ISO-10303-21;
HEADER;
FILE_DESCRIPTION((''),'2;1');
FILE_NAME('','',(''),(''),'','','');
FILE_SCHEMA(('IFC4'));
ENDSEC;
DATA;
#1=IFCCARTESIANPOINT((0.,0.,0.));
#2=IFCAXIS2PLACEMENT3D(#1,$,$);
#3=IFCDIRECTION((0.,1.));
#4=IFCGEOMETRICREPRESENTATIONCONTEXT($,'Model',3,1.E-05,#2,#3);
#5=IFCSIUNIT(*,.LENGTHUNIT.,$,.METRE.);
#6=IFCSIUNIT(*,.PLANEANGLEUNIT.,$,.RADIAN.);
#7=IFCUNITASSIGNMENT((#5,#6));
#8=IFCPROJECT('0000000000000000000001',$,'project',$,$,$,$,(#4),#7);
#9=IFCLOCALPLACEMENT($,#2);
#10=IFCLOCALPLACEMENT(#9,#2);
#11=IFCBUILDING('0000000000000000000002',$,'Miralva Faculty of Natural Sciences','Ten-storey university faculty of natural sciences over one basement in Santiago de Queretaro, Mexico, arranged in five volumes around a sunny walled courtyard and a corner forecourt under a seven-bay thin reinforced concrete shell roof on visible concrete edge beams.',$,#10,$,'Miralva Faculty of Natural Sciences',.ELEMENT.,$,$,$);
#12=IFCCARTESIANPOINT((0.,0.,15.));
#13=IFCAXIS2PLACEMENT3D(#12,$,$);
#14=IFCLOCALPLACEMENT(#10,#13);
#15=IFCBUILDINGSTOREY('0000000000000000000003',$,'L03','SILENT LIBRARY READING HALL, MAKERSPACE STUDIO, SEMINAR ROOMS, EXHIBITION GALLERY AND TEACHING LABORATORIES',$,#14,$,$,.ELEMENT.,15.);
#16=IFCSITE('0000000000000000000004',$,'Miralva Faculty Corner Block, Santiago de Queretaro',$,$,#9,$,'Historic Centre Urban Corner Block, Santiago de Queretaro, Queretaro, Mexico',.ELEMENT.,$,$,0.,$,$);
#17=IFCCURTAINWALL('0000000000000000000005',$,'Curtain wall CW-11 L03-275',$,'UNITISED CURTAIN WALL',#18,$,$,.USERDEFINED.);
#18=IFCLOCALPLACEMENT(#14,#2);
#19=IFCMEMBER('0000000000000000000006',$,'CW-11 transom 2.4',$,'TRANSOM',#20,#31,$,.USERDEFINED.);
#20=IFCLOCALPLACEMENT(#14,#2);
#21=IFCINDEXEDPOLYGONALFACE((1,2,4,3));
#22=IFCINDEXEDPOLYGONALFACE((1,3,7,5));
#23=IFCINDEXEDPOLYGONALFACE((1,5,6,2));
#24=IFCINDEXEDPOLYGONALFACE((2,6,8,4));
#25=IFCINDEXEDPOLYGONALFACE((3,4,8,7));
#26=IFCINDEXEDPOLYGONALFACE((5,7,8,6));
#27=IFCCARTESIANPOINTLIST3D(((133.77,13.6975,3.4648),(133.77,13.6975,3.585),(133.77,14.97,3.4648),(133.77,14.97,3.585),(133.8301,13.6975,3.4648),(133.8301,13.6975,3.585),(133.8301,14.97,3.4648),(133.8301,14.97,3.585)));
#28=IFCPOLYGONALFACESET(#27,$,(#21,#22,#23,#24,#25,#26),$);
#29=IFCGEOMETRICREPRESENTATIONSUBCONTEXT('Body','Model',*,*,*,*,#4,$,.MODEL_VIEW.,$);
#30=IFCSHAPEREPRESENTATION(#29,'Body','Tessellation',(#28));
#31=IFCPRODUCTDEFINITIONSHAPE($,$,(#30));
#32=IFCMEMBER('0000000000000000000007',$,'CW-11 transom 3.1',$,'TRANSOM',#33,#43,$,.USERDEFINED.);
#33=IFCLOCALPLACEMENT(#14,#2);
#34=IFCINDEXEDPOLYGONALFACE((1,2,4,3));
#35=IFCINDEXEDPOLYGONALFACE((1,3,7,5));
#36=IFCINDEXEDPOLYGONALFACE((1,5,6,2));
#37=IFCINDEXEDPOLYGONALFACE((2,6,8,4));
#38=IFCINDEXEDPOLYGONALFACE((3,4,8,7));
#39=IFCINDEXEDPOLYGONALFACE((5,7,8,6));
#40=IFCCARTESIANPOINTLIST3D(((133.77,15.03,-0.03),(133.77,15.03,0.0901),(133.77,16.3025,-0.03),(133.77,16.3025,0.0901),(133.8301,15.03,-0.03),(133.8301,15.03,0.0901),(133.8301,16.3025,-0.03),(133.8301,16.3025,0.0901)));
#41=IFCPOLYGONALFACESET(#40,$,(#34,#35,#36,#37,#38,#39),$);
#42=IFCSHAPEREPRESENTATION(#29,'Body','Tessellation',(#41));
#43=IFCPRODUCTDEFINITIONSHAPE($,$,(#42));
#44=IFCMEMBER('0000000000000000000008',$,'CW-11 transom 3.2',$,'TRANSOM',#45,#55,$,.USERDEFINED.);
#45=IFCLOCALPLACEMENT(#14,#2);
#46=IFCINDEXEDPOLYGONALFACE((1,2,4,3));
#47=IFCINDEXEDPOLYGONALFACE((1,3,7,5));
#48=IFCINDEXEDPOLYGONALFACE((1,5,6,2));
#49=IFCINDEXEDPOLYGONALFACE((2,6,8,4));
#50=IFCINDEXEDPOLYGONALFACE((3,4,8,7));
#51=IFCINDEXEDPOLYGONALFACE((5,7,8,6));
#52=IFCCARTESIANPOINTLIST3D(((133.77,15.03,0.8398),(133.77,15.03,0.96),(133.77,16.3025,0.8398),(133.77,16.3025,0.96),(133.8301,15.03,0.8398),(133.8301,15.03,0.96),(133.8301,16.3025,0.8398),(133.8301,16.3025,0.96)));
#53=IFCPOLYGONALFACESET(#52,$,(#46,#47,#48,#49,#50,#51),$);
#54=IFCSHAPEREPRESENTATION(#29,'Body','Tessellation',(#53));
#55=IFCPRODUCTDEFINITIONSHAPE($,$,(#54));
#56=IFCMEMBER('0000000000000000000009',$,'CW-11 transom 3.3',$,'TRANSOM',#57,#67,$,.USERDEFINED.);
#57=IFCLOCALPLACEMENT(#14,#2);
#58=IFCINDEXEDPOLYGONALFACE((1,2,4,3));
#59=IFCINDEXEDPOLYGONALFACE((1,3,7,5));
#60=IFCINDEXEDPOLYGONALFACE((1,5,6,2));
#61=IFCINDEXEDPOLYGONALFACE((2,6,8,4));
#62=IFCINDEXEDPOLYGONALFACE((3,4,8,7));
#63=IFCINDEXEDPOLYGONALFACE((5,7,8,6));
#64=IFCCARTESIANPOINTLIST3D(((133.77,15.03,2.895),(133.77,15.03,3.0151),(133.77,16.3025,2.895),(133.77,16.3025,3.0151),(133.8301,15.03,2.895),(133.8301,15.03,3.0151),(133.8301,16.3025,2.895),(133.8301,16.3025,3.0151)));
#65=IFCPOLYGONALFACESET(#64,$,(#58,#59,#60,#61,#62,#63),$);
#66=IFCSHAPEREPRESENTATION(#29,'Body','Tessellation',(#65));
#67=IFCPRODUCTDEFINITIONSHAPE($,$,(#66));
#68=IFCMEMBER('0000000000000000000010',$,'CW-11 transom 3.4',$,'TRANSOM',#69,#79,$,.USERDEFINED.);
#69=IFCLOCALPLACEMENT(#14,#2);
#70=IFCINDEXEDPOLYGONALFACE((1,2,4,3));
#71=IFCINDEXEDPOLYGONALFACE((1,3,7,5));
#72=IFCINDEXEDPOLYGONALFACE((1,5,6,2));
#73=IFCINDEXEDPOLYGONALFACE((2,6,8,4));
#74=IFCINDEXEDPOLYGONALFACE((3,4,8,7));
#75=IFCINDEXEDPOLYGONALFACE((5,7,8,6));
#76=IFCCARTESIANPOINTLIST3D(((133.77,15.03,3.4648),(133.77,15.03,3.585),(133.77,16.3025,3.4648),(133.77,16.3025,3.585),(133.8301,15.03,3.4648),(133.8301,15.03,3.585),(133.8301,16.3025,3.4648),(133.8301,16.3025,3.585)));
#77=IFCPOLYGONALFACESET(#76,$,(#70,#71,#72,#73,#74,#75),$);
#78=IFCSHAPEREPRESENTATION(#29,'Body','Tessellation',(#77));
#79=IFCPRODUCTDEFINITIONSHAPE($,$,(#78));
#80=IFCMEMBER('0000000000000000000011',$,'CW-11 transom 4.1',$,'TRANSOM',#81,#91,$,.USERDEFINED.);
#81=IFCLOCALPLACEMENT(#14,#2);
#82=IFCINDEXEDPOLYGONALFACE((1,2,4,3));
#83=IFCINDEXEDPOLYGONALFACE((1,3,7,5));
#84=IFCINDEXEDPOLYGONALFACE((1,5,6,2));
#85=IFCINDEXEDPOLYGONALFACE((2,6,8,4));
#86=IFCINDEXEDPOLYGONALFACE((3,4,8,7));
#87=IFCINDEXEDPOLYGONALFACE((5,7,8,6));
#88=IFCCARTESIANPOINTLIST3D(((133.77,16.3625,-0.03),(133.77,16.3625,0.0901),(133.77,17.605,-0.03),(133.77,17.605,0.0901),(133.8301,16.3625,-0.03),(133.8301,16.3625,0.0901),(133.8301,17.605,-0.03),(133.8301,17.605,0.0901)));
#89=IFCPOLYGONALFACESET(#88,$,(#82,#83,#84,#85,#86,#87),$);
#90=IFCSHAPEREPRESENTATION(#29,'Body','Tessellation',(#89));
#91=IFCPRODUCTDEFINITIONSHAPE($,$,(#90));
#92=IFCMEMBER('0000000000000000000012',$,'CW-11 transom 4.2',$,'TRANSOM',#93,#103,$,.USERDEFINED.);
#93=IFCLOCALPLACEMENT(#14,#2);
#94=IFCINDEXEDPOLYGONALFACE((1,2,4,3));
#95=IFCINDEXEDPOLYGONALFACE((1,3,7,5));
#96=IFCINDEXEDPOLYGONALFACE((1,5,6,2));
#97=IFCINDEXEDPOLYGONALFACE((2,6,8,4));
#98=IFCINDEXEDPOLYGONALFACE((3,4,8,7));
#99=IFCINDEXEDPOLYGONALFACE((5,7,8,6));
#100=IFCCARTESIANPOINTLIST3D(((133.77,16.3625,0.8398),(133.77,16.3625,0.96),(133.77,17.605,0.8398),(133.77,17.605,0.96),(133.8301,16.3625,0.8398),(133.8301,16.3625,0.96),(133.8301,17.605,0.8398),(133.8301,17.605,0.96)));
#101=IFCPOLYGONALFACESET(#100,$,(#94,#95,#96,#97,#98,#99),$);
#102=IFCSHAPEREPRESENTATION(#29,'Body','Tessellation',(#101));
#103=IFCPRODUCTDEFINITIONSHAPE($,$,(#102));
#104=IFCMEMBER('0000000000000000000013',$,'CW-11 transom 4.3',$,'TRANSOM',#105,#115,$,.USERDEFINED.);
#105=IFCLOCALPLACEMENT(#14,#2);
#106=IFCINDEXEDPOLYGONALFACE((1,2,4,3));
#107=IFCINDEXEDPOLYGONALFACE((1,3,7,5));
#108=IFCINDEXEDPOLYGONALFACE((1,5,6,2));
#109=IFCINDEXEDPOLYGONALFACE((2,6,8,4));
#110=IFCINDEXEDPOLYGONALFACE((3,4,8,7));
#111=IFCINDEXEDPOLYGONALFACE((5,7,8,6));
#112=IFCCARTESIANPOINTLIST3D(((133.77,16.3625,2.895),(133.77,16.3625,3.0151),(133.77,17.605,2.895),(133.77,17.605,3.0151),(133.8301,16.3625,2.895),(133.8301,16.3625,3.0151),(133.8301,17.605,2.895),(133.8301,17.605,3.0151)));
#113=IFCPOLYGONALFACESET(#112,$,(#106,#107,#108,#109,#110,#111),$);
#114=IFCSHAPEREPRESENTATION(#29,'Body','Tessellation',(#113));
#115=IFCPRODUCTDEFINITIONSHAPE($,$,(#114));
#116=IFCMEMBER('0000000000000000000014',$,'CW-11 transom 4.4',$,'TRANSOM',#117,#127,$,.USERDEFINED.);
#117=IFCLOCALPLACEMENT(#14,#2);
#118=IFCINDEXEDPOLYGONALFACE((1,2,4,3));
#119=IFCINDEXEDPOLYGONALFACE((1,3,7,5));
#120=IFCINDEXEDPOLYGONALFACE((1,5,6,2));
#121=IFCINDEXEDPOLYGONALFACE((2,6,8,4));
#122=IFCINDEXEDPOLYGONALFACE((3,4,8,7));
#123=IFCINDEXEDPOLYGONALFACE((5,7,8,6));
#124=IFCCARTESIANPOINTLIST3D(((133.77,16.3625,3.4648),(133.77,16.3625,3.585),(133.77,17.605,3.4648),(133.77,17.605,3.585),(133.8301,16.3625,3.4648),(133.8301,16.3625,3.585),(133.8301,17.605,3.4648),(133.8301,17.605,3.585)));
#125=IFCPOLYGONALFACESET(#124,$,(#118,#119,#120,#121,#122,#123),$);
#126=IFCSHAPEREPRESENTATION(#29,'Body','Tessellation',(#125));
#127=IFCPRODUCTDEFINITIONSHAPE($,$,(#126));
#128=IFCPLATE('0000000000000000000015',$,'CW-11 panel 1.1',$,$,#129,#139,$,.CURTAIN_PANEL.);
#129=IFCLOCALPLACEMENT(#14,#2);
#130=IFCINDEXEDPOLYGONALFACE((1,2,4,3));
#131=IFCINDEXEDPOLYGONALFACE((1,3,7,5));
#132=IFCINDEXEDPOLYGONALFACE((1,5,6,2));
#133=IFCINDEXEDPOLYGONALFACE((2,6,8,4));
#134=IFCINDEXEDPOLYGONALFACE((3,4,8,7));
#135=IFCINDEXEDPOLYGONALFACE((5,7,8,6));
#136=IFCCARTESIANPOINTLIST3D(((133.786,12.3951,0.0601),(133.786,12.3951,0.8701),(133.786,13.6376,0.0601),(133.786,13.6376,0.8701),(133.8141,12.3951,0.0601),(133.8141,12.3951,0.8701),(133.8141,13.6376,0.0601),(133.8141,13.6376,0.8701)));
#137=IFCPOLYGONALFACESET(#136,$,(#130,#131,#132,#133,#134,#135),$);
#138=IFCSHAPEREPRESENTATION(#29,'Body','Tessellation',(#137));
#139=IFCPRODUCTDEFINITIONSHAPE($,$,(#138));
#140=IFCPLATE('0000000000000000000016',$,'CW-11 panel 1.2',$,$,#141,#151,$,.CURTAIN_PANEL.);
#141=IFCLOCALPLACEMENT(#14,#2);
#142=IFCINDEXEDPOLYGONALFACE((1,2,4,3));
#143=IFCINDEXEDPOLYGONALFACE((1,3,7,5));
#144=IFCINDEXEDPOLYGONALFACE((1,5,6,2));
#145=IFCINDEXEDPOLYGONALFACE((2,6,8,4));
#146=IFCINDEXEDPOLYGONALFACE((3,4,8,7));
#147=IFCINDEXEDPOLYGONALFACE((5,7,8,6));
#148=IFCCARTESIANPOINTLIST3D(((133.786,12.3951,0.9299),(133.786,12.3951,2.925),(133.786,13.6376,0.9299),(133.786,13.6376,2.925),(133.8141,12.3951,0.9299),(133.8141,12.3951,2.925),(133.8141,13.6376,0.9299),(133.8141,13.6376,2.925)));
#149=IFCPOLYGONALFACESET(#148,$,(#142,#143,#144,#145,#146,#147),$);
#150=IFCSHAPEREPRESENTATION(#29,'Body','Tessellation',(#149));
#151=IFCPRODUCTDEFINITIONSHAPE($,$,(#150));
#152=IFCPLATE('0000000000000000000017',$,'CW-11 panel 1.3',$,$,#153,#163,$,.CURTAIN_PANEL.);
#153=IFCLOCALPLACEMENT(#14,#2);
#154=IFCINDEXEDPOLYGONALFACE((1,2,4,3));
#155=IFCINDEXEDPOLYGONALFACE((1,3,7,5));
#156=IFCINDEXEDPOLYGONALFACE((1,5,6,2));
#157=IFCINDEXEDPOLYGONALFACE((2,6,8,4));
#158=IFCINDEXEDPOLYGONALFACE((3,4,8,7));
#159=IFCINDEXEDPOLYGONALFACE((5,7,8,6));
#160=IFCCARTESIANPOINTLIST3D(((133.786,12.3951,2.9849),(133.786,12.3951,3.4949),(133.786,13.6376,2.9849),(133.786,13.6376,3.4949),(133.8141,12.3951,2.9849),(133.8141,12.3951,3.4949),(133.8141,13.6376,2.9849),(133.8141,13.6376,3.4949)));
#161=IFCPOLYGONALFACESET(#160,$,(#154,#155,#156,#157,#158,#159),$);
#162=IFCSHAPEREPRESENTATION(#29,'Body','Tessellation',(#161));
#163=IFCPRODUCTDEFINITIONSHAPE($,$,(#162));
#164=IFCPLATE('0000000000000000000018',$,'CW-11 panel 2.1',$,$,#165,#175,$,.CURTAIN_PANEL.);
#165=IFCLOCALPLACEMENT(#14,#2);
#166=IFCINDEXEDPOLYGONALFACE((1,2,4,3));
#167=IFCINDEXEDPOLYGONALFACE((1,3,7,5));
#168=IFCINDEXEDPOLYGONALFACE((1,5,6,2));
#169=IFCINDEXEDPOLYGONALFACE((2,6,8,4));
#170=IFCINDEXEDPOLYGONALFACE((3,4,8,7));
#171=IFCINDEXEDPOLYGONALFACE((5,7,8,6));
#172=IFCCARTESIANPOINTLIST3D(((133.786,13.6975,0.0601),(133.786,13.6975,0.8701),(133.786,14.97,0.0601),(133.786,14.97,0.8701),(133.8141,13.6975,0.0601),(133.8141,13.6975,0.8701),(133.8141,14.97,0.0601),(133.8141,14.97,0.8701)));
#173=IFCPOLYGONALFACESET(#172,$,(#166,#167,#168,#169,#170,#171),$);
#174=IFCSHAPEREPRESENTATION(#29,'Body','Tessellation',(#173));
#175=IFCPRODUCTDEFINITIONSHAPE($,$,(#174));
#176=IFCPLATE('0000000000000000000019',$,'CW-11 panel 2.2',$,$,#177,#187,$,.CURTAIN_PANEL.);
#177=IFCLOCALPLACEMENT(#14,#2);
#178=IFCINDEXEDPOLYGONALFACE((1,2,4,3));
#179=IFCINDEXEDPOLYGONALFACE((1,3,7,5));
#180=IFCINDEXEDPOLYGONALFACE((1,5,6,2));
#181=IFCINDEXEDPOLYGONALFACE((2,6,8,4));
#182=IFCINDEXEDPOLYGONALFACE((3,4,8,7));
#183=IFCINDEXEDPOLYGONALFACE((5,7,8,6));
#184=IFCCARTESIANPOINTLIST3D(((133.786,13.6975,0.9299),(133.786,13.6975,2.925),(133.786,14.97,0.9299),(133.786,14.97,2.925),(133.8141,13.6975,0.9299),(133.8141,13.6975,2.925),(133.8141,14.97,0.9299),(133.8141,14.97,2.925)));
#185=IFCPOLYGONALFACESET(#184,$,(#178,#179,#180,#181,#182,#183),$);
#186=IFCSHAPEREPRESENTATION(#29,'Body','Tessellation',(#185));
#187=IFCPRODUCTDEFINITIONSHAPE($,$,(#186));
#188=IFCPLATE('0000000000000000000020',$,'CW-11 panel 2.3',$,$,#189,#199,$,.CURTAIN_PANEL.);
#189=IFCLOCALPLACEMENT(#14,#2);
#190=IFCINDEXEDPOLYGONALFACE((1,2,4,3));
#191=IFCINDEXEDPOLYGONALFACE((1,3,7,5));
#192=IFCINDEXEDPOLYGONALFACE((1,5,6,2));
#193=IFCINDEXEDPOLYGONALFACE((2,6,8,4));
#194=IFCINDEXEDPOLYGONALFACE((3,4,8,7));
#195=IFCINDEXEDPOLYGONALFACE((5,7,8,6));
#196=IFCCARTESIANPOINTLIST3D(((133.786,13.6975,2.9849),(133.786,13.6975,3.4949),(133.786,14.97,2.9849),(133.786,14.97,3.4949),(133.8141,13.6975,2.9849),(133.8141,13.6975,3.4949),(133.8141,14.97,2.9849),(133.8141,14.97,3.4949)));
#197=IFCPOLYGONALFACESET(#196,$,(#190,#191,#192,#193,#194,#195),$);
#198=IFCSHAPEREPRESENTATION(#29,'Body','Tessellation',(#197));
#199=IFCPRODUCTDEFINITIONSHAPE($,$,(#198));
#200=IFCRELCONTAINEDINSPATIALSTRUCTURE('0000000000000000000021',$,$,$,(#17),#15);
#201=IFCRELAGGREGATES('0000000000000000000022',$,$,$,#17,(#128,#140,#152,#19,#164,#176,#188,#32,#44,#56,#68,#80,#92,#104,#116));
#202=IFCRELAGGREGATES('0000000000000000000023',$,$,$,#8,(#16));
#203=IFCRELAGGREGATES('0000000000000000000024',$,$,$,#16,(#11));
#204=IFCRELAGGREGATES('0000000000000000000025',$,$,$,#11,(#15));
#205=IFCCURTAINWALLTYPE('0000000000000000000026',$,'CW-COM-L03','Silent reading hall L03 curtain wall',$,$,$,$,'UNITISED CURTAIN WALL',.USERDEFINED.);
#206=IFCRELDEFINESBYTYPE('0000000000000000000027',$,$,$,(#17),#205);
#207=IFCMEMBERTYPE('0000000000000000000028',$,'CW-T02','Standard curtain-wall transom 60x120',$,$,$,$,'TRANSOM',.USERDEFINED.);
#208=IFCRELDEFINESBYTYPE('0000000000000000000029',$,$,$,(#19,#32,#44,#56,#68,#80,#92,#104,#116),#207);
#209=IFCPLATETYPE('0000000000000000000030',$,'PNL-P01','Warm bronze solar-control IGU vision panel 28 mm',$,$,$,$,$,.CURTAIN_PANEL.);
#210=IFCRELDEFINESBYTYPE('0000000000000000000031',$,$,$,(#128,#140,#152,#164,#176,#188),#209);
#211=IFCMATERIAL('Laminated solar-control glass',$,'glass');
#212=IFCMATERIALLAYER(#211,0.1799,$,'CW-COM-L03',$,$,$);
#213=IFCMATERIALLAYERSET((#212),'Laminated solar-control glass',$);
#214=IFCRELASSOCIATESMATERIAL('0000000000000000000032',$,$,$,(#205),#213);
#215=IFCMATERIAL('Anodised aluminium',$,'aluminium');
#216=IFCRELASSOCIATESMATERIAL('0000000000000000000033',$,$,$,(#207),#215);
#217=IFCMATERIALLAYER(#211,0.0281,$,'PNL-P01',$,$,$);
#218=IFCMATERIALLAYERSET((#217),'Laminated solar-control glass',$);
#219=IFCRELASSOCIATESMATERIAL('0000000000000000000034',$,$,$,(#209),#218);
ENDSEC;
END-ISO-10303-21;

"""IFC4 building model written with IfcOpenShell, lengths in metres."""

from ifc_helpers import new_model, si_unit, direction, frame, origin, origin_2d, place, context, subcontext, project, spatial, rectangle, extrude, material, layer, layer_set, material_profile, profile_set, type_object, element, aggregate, save


model = new_model("IFC4")

# Units and contexts
model_context = context("Model", 3, precision=1e-05, world=origin(), true_north=direction((0.0, 1.0)))
body_context = subcontext(model_context, "Body", "Model", "MODEL_VIEW")
ifc_project = project(units=[si_unit("LENGTHUNIT", "METRE"), si_unit("PLANEANGLEUNIT", "RADIAN")], contexts=[model_context])

# Site, building, storey
site_placement = place(None, origin())
site = spatial("IfcSite", under=ifc_project, at=site_placement, Name="Miralva Faculty Corner Block, Santiago de Queretaro", LongName="Historic Centre Urban Corner Block, Santiago de Queretaro, Queretaro, Mexico", CompositionType="ELEMENT", RefElevation=0.0)
building_placement = place(site_placement, origin())
building = spatial("IfcBuilding", under=site, at=building_placement, Name="Miralva Faculty of Natural Sciences", Description="Ten-storey university faculty of natural sciences over one basement in Santiago de Queretaro, Mexico, arranged in five volumes around a sunny walled courtyard and a corner forecourt under a seven-bay thin reinforced concrete shell roof on visible concrete edge beams.", LongName="Miralva Faculty of Natural Sciences", CompositionType="ELEMENT")
storey_placement = place(building_placement, frame((0.0, 0.0, 15.0)))
storey = spatial("IfcBuildingStorey", under=building, at=storey_placement, Name="L03", Description="SILENT LIBRARY READING HALL, MAKERSPACE STUDIO, SEMINAR ROOMS, EXHIBITION GALLERY AND TEACHING LABORATORIES", CompositionType="ELEMENT", Elevation=15.0)

# Curtain wall, members, plates
ifc_material_1 = material(Name="Laminated solar-control glass", Category="glass")
ifc_layer_1 = layer(ifc_material_1, 0.1799, Name="CW-COM-L03")
ifc_layer_set_1 = layer_set([ifc_layer_1], Name="Laminated solar-control glass")
curtain_wall_type_1 = type_object("IfcCurtainWallType", Name="CW-COM-L03", Description="Silent reading hall L03 curtain wall", ElementType="UNITISED CURTAIN WALL", PredefinedType="USERDEFINED", material=ifc_layer_set_1)
curtain_wall_1_placement = place(storey_placement, origin())
curtain_wall_1 = element("IfcCurtainWall", 1, at=curtain_wall_1_placement, inside=storey, type_object=curtain_wall_type_1, Name="Curtain wall CW-11 L03-275", ObjectType="UNITISED CURTAIN WALL", PredefinedType="USERDEFINED")
ifc_material_2 = material(Name="Anodised aluminium", Category="aluminium")
ifc_material_profile_1 = material_profile(ifc_material_2, rectangle(XDim=0.0601, YDim=0.1201, at=origin_2d()), Name="TRANSOM 60x120")
ifc_profile_set_1 = profile_set([ifc_material_profile_1], Name="Anodised aluminium")
member_type_1 = type_object("IfcMemberType", Name="CW-T02", Description="Standard curtain-wall transom 60x120", ElementType="TRANSOM", PredefinedType="USERDEFINED", material=ifc_profile_set_1)
member_1_placement = place(storey_placement, frame((133.8, 13.6975, 3.5249), z_axis=(0.0, 1.0, 0.0), x_axis=(-1.0, 0.0, 0.0)))
member_1 = element("IfcMember", 2, at=member_1_placement, type_object=member_type_1, Name="CW-11 transom 2.4", ObjectType="TRANSOM", PredefinedType="USERDEFINED", context=body_context, shape_type="SweptSolid", body=[
    extrude(rectangle(XDim=0.0601, YDim=0.1201, at=origin_2d()), origin(), (0.0, 0.0, 1.0), 1.2725),
])
member_2_placement = place(storey_placement, frame((133.8, 15.03, 0.03), z_axis=(0.0, 1.0, 0.0), x_axis=(-1.0, 0.0, 0.0)))
member_2 = element("IfcMember", 3, at=member_2_placement, type_object=member_type_1, Name="CW-11 transom 3.1", ObjectType="TRANSOM", PredefinedType="USERDEFINED", context=body_context, shape_type="SweptSolid", body=[
    extrude(rectangle(XDim=0.0601, YDim=0.1201, at=origin_2d()), origin(), (0.0, 0.0, 1.0), 1.2725),
])
member_3_placement = place(storey_placement, frame((133.8, 15.03, 0.8999), z_axis=(0.0, 1.0, 0.0), x_axis=(-1.0, 0.0, 0.0)))
member_3 = element("IfcMember", 4, at=member_3_placement, type_object=member_type_1, Name="CW-11 transom 3.2", ObjectType="TRANSOM", PredefinedType="USERDEFINED", context=body_context, shape_type="SweptSolid", body=[
    extrude(rectangle(XDim=0.0601, YDim=0.1201, at=origin_2d()), origin(), (0.0, 0.0, 1.0), 1.2725),
])
member_4_placement = place(storey_placement, frame((133.8, 15.03, 2.9551), z_axis=(0.0, 1.0, 0.0), x_axis=(-1.0, 0.0, 0.0)))
member_4 = element("IfcMember", 5, at=member_4_placement, type_object=member_type_1, Name="CW-11 transom 3.3", ObjectType="TRANSOM", PredefinedType="USERDEFINED", context=body_context, shape_type="SweptSolid", body=[
    extrude(rectangle(XDim=0.0601, YDim=0.1201, at=origin_2d()), origin(), (0.0, 0.0, 1.0), 1.2725),
])
member_5_placement = place(storey_placement, frame((133.8, 15.03, 3.5249), z_axis=(0.0, 1.0, 0.0), x_axis=(-1.0, 0.0, 0.0)))
member_5 = element("IfcMember", 6, at=member_5_placement, type_object=member_type_1, Name="CW-11 transom 3.4", ObjectType="TRANSOM", PredefinedType="USERDEFINED", context=body_context, shape_type="SweptSolid", body=[
    extrude(rectangle(XDim=0.0601, YDim=0.1201, at=origin_2d()), origin(), (0.0, 0.0, 1.0), 1.2725),
])
member_6_placement = place(storey_placement, frame((133.8, 16.3625, 0.03), z_axis=(0.0, 1.0, 0.0), x_axis=(-1.0, 0.0, 0.0)))
member_6 = element("IfcMember", 7, at=member_6_placement, type_object=member_type_1, Name="CW-11 transom 4.1", ObjectType="TRANSOM", PredefinedType="USERDEFINED", context=body_context, shape_type="SweptSolid", body=[
    extrude(rectangle(XDim=0.0601, YDim=0.1201, at=origin_2d()), origin(), (0.0, 0.0, 1.0), 1.2424),
])
member_7_placement = place(storey_placement, frame((133.8, 16.3625, 0.8999), z_axis=(0.0, 1.0, 0.0), x_axis=(-1.0, 0.0, 0.0)))
member_7 = element("IfcMember", 8, at=member_7_placement, type_object=member_type_1, Name="CW-11 transom 4.2", ObjectType="TRANSOM", PredefinedType="USERDEFINED", context=body_context, shape_type="SweptSolid", body=[
    extrude(rectangle(XDim=0.0601, YDim=0.1201, at=origin_2d()), origin(), (0.0, 0.0, 1.0), 1.2424),
])
member_8_placement = place(storey_placement, frame((133.8, 16.3625, 2.9551), z_axis=(0.0, 1.0, 0.0), x_axis=(-1.0, 0.0, 0.0)))
member_8 = element("IfcMember", 9, at=member_8_placement, type_object=member_type_1, Name="CW-11 transom 4.3", ObjectType="TRANSOM", PredefinedType="USERDEFINED", context=body_context, shape_type="SweptSolid", body=[
    extrude(rectangle(XDim=0.0601, YDim=0.1201, at=origin_2d()), origin(), (0.0, 0.0, 1.0), 1.2424),
])
member_9_placement = place(storey_placement, frame((133.8, 16.3625, 3.5249), z_axis=(0.0, 1.0, 0.0), x_axis=(-1.0, 0.0, 0.0)))
member_9 = element("IfcMember", 10, at=member_9_placement, type_object=member_type_1, Name="CW-11 transom 4.4", ObjectType="TRANSOM", PredefinedType="USERDEFINED", context=body_context, shape_type="SweptSolid", body=[
    extrude(rectangle(XDim=0.0601, YDim=0.1201, at=origin_2d()), origin(), (0.0, 0.0, 1.0), 1.2424),
])
ifc_layer_2 = layer(ifc_material_1, 0.0281, Name="PNL-P01")
ifc_layer_set_2 = layer_set([ifc_layer_2], Name="Laminated solar-control glass")
plate_type = type_object("IfcPlateType", Name="PNL-P01", Description="Warm bronze solar-control IGU vision panel 28 mm", PredefinedType="CURTAIN_PANEL", material=ifc_layer_set_2)
plate_1_placement = place(storey_placement, frame((133.8, 13.0164, 0.0601), z_axis=(0.0, 0.0, 1.0), x_axis=(0.0, 1.0, 0.0)))
plate_1 = element("IfcPlate", 11, at=plate_1_placement, type_object=plate_type, Name="CW-11 panel 1.1", PredefinedType="CURTAIN_PANEL", context=body_context, shape_type="SweptSolid", body=[
    extrude(rectangle(XDim=1.2424, YDim=0.0281, at=origin_2d()), origin(), (0.0, 0.0, 1.0), 0.8101),
])
plate_2_placement = place(storey_placement, frame((133.8, 13.0164, 0.9299), z_axis=(0.0, 0.0, 1.0), x_axis=(0.0, 1.0, 0.0)))
plate_2 = element("IfcPlate", 12, at=plate_2_placement, type_object=plate_type, Name="CW-11 panel 1.2", PredefinedType="CURTAIN_PANEL", context=body_context, shape_type="SweptSolid", body=[
    extrude(rectangle(XDim=1.2424, YDim=0.0281, at=origin_2d()), origin(), (0.0, 0.0, 1.0), 1.9951),
])
plate_3_placement = place(storey_placement, frame((133.8, 13.0164, 2.9849), z_axis=(0.0, 0.0, 1.0), x_axis=(0.0, 1.0, 0.0)))
plate_3 = element("IfcPlate", 13, at=plate_3_placement, type_object=plate_type, Name="CW-11 panel 1.3", PredefinedType="CURTAIN_PANEL", context=body_context, shape_type="SweptSolid", body=[
    extrude(rectangle(XDim=1.2424, YDim=0.0281, at=origin_2d()), origin(), (0.0, 0.0, 1.0), 0.51),
])
plate_4_placement = place(storey_placement, frame((133.8, 14.3337, 0.0601), z_axis=(0.0, 0.0, 1.0), x_axis=(0.0, 1.0, 0.0)))
plate_4 = element("IfcPlate", 14, at=plate_4_placement, type_object=plate_type, Name="CW-11 panel 2.1", PredefinedType="CURTAIN_PANEL", context=body_context, shape_type="SweptSolid", body=[
    extrude(rectangle(XDim=1.2725, YDim=0.0281, at=origin_2d()), origin(), (0.0, 0.0, 1.0), 0.8101),
])
plate_5_placement = place(storey_placement, frame((133.8, 14.3337, 0.9299), z_axis=(0.0, 0.0, 1.0), x_axis=(0.0, 1.0, 0.0)))
plate_5 = element("IfcPlate", 15, at=plate_5_placement, type_object=plate_type, Name="CW-11 panel 2.2", PredefinedType="CURTAIN_PANEL", context=body_context, shape_type="SweptSolid", body=[
    extrude(rectangle(XDim=1.2725, YDim=0.0281, at=origin_2d()), origin(), (0.0, 0.0, 1.0), 1.9951),
])
plate_6_placement = place(storey_placement, frame((133.8, 14.3337, 2.9849), z_axis=(0.0, 0.0, 1.0), x_axis=(0.0, 1.0, 0.0)))
plate_6 = element("IfcPlate", 16, at=plate_6_placement, type_object=plate_type, Name="CW-11 panel 2.3", PredefinedType="CURTAIN_PANEL", context=body_context, shape_type="SweptSolid", body=[
    extrude(rectangle(XDim=1.2725, YDim=0.0281, at=origin_2d()), origin(), (0.0, 0.0, 1.0), 0.51),
])
aggregate(curtain_wall_1, [plate_1, plate_2, plate_3, member_1, plate_4, plate_5, plate_6, member_2, member_3, member_4, member_5, member_6, member_7, member_8, member_9])

save(model, "model.ifc")
